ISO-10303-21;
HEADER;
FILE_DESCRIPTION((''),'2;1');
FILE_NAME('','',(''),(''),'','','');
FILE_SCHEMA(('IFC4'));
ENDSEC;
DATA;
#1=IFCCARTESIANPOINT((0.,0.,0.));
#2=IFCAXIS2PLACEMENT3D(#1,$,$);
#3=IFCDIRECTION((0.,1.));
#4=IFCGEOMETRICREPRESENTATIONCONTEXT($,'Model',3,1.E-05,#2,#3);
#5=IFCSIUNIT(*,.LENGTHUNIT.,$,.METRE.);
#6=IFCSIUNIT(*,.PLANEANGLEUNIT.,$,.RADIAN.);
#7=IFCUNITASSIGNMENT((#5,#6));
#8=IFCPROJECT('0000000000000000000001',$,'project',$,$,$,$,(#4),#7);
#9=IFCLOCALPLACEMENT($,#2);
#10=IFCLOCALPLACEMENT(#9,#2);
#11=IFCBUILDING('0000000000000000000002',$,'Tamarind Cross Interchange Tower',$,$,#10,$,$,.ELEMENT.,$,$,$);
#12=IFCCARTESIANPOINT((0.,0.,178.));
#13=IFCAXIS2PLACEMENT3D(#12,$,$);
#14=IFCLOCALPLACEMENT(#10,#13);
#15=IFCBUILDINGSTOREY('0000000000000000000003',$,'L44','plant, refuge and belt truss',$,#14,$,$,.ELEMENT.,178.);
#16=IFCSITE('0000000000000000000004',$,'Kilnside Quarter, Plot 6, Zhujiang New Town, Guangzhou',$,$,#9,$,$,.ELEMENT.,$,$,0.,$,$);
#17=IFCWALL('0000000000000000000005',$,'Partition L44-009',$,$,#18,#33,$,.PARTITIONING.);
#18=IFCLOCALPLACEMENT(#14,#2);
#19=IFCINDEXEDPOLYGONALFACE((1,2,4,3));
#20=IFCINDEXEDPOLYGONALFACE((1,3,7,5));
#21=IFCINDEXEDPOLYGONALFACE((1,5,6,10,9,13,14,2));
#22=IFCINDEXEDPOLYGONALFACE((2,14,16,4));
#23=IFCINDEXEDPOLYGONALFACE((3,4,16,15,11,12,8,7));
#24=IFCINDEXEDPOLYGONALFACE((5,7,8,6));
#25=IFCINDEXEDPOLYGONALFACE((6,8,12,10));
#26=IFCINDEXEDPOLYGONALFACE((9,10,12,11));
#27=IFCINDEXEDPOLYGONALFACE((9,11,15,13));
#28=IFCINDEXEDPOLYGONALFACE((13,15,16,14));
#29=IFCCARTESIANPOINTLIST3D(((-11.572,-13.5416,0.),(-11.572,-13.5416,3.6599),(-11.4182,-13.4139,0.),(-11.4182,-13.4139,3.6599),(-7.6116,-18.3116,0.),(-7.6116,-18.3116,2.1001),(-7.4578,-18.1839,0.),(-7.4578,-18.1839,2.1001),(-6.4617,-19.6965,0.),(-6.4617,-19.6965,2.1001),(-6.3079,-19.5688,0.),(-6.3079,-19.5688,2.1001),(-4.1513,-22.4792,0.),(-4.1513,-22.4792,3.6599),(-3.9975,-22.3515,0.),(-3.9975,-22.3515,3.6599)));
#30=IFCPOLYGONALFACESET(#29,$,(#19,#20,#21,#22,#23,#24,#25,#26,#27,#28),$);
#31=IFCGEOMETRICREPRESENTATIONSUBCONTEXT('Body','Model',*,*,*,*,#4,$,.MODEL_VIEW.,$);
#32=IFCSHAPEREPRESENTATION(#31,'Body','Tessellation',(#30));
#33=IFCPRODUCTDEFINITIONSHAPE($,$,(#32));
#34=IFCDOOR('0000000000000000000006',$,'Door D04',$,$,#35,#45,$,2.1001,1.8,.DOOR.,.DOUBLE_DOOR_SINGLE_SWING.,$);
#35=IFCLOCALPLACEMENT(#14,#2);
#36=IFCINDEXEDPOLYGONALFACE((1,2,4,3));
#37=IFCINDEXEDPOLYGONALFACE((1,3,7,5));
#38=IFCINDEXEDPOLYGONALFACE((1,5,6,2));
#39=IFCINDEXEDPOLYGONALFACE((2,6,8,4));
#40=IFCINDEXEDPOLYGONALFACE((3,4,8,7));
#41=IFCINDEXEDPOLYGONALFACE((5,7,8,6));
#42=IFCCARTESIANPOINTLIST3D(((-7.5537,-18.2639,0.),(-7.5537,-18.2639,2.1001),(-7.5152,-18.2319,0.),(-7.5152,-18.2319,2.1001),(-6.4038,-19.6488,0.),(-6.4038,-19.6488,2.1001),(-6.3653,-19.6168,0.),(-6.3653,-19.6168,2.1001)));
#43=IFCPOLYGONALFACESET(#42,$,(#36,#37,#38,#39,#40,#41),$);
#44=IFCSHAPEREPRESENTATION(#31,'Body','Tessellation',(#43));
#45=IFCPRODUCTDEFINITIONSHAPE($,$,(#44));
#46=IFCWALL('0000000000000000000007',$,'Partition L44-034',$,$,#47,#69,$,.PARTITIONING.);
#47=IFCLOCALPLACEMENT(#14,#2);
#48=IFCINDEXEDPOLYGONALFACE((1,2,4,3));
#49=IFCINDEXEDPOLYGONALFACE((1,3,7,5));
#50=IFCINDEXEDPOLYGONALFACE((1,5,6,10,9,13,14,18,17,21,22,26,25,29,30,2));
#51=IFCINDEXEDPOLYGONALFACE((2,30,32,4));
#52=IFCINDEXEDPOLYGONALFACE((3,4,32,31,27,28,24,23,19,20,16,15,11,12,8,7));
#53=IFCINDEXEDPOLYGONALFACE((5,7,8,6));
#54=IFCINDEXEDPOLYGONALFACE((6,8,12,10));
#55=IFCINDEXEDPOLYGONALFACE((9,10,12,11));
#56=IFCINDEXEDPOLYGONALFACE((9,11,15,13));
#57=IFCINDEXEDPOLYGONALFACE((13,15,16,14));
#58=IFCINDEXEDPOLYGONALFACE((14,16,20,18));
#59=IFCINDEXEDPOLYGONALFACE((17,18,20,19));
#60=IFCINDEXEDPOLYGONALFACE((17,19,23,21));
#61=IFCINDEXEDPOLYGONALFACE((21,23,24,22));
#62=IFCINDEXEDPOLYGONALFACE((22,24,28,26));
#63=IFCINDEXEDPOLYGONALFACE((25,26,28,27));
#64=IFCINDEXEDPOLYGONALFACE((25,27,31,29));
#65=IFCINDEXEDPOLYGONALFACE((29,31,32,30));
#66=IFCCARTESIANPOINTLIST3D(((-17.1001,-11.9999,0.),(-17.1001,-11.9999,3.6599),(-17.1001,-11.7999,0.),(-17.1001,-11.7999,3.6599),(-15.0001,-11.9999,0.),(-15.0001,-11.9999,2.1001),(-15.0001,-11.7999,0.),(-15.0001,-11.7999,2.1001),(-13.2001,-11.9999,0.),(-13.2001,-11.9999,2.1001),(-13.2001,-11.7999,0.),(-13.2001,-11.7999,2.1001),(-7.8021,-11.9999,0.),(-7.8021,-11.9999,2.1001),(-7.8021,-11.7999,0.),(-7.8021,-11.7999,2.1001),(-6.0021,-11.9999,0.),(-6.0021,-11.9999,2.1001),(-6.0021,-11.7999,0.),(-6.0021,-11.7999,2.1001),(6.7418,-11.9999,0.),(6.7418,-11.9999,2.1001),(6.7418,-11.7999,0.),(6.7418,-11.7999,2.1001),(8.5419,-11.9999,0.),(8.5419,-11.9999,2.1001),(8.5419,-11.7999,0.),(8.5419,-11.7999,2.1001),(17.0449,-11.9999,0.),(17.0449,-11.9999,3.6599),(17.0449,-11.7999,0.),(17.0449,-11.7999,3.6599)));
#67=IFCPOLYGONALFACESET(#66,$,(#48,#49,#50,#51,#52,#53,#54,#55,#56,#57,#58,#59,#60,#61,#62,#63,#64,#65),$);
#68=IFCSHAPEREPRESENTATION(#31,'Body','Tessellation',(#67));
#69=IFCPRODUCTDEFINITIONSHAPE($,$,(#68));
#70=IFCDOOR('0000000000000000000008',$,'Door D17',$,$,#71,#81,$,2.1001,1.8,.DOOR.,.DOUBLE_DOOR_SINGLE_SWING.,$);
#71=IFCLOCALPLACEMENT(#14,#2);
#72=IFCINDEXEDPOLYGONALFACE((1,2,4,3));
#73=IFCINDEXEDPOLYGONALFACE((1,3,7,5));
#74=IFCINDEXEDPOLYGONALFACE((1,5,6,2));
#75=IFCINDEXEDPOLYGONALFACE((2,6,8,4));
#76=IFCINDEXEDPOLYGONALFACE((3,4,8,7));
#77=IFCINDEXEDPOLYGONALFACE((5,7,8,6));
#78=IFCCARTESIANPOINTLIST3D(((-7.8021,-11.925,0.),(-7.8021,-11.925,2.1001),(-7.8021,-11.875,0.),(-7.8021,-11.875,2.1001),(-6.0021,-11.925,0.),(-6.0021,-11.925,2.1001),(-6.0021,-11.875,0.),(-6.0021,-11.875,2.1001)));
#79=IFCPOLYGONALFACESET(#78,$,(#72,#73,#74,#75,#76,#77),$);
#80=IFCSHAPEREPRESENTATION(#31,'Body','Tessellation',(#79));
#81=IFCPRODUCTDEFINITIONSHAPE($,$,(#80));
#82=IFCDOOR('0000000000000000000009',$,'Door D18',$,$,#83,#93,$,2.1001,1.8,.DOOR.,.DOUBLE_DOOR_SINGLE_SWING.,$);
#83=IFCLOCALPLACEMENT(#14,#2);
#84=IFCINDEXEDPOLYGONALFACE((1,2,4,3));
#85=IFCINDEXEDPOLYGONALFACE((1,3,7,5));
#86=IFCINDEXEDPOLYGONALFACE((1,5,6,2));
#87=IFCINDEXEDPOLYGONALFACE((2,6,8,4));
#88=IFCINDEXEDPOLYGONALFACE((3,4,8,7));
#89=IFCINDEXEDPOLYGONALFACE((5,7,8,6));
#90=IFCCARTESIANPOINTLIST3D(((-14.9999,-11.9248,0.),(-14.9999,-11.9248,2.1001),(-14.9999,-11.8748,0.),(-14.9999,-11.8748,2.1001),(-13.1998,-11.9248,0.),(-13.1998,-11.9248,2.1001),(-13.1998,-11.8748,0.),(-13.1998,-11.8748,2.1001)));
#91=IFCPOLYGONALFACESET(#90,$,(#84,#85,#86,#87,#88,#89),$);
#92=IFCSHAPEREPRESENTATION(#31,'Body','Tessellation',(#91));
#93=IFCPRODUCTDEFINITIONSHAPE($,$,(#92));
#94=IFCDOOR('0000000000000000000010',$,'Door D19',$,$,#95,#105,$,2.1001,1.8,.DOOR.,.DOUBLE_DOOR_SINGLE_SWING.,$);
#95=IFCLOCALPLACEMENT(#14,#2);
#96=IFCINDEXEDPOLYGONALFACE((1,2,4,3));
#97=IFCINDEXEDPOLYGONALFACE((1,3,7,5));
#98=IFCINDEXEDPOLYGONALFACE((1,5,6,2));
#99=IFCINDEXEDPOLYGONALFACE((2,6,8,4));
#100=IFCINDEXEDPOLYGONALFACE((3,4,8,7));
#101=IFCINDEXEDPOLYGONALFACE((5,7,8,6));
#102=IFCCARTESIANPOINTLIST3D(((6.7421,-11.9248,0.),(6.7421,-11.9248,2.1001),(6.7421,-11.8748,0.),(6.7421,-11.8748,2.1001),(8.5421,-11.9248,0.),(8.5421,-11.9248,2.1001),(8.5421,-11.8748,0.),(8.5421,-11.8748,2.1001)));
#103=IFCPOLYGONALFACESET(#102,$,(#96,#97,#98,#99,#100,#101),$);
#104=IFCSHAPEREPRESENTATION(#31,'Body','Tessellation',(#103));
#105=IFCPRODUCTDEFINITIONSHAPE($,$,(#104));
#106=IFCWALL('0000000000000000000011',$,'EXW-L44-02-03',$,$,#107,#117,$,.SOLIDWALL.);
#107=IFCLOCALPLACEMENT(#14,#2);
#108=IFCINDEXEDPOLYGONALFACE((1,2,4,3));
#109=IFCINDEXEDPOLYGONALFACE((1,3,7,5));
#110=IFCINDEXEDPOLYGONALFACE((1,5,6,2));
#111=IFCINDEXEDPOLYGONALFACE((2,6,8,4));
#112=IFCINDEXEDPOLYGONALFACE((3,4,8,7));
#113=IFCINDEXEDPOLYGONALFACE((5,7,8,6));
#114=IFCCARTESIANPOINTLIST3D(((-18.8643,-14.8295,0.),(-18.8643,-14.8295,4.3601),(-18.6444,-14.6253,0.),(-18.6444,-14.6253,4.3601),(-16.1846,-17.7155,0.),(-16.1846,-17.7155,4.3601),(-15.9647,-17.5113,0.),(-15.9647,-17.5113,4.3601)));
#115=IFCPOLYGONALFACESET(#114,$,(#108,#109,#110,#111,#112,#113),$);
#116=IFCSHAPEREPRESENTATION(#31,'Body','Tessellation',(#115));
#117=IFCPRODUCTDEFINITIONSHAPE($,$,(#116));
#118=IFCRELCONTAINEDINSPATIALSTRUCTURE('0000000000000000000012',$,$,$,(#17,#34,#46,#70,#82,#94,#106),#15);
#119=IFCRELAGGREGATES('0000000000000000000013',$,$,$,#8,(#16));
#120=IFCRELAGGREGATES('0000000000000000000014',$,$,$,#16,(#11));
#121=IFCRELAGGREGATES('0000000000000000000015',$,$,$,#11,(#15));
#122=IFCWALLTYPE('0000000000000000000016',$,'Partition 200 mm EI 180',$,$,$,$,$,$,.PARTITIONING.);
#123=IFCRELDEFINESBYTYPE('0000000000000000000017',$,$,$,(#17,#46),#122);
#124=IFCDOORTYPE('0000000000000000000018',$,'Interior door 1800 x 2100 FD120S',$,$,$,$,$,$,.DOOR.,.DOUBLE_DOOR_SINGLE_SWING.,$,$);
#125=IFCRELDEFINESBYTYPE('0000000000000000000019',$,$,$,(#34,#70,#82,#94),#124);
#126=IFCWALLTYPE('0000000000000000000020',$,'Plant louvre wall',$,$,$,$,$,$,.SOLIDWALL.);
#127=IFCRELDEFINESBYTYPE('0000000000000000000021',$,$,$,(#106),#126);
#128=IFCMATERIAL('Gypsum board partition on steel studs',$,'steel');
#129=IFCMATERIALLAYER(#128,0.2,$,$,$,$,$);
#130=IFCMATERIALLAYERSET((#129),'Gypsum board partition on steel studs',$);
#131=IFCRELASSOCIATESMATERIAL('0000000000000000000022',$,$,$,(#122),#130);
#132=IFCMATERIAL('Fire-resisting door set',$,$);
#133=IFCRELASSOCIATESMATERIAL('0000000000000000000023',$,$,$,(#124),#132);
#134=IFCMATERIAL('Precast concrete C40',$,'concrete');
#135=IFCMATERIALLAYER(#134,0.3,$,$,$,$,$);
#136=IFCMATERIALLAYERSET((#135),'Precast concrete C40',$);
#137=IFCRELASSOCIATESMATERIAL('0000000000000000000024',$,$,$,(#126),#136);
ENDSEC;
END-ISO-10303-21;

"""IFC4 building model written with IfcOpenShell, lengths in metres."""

from ifc_helpers import new_model, si_unit, direction, frame, frame_2d, origin, place, context, subcontext, project, spatial, rectangle, extrude, material, layer, layer_set, type_object, element, fill, save


model = new_model("IFC4")

# Units and contexts
model_context = context("Model", 3, precision=1e-05, world=origin(), true_north=direction((0.0, 1.0)))
body_context = subcontext(model_context, "Body", "Model", "MODEL_VIEW")
ifc_project = project(units=[si_unit("LENGTHUNIT", "METRE"), si_unit("PLANEANGLEUNIT", "RADIAN")], contexts=[model_context])

# Site, building, storey
site_placement = place(None, origin())
site = spatial("IfcSite", under=ifc_project, at=site_placement, Name="Kilnside Quarter, Plot 6, Zhujiang New Town, Guangzhou", CompositionType="ELEMENT", RefElevation=0.0)
building_placement = place(site_placement, origin())
building = spatial("IfcBuilding", under=site, at=building_placement, Name="Tamarind Cross Interchange Tower", CompositionType="ELEMENT")
storey_placement = place(building_placement, frame((0.0, 0.0, 178.0)))
storey = spatial("IfcBuildingStorey", under=building, at=storey_placement, Name="L44", Description="plant, refuge and belt truss", CompositionType="ELEMENT", Elevation=178.0)

# Wall, opening, door
ifc_material_1 = material(Name="Gypsum board partition on steel studs", Category="steel")
ifc_layer_1 = layer(ifc_material_1, 0.2)
ifc_layer_set_1 = layer_set([ifc_layer_1], Name="Gypsum board partition on steel studs")
wall_type_1 = type_object("IfcWallType", Name="Partition 200 mm EI 180", PredefinedType="PARTITIONING", material=ifc_layer_set_1)
wall_1_placement = place(storey_placement, frame((-11.4951, -13.4778, 0.0), z_axis=(0.0, 0.0, 1.0), x_axis=(0.638798, -0.769374, 0.0)))
wall_1 = element("IfcWall", 1, at=wall_1_placement, inside=storey, type_object=wall_type_1, Name="Partition L44-009", PredefinedType="PARTITIONING", context=body_context, shape_type="SweptSolid", body=[
    extrude(rectangle(XDim=11.6167, YDim=0.2, at=frame_2d((5.8083, 0.0))), origin(), (0.0, 0.0, 1.0), 3.6599),
])
opening_1_placement = place(wall_1_placement, frame((6.2, 0.0, 0.0)))
opening_1 = element("IfcOpeningElement", 2, at=opening_1_placement, cuts=wall_1, PredefinedType="OPENING", context=body_context, shape_type="SweptSolid", body=[
    extrude(rectangle(XDim=1.8, YDim=2.1001, at=frame_2d((0.8999, 1.05))), frame((0.0, 0.1099, 0.0), z_axis=(0.0, -1.0, 0.0), x_axis=(1.0, 0.0, 0.0)), (0.0, 0.0, 1.0), 0.22),
])
ifc_material_2 = material(Name="Fire-resisting door set")
door_type = type_object("IfcDoorType", Name="Interior door 1800 x 2100 FD120S", OperationType="DOUBLE_DOOR_SINGLE_SWING", PredefinedType="DOOR", material=ifc_material_2)
door_1_placement = place(opening_1_placement, frame((1.8, 0.0, 0.0), z_axis=(0.0, 0.0, 1.0), x_axis=(-1.0, 0.0, 0.0)))
door_1 = element("IfcDoor", 3, at=door_1_placement, inside=storey, type_object=door_type, Name="Door D04", OperationType="DOUBLE_DOOR_SINGLE_SWING", OverallHeight=2.1001, OverallWidth=1.8, PredefinedType="DOOR", context=body_context, shape_type="SweptSolid", body=[
    extrude(rectangle(XDim=1.8, YDim=2.1001, at=frame_2d((0.8999, 1.05))), frame((0.0, 0.0249, 0.0), z_axis=(0.0, -1.0, 0.0), x_axis=(1.0, 0.0, 0.0)), (0.0, 0.0, 1.0), 0.05),
])
fill(opening_1, door_1)

# Wall, openings, doors
wall_2_placement = place(storey_placement, frame((-17.1001, -11.8999, 0.0), z_axis=(0.0, 0.0, 1.0), x_axis=(1.0, 0.0, 0.0)))
wall_2 = element("IfcWall", 4, at=wall_2_placement, inside=storey, type_object=wall_type_1, Name="Partition L44-034", PredefinedType="PARTITIONING", context=body_context, shape_type="SweptSolid", body=[
    extrude(rectangle(XDim=34.145, YDim=0.2, at=frame_2d((17.0725, 0.0))), origin(), (0.0, 0.0, 1.0), 3.6599),
])
opening_2_placement = place(wall_2_placement, frame((9.2981, 0.0, 0.0)))
opening_2 = element("IfcOpeningElement", 5, at=opening_2_placement, cuts=wall_2, PredefinedType="OPENING", context=body_context, shape_type="SweptSolid", body=[
    extrude(rectangle(XDim=1.8, YDim=2.1001, at=frame_2d((0.8999, 1.05))), frame((0.0, 0.1099, 0.0), z_axis=(0.0, -1.0, 0.0), x_axis=(1.0, 0.0, 0.0)), (0.0, 0.0, 1.0), 0.22),
])
opening_3_placement = place(wall_2_placement, frame((2.1001, 0.0, 0.0)))
opening_3 = element("IfcOpeningElement", 6, at=opening_3_placement, cuts=wall_2, PredefinedType="OPENING", context=body_context, shape_type="SweptSolid", body=[
    extrude(rectangle(XDim=1.8, YDim=2.1001, at=frame_2d((0.8999, 1.05))), frame((0.0, 0.1099, 0.0), z_axis=(0.0, -1.0, 0.0), x_axis=(1.0, 0.0, 0.0)), (0.0, 0.0, 1.0), 0.22),
])
opening_4_placement = place(wall_2_placement, frame((23.842, 0.0, 0.0)))
opening_4 = element("IfcOpeningElement", 7, at=opening_4_placement, cuts=wall_2, PredefinedType="OPENING", context=body_context, shape_type="SweptSolid", body=[
    extrude(rectangle(XDim=1.8, YDim=2.1001, at=frame_2d((0.8999, 1.05))), frame((0.0, 0.1099, 0.0), z_axis=(0.0, -1.0, 0.0), x_axis=(1.0, 0.0, 0.0)), (0.0, 0.0, 1.0), 0.22),
])
door_2_placement = place(opening_2_placement, origin())
door_2 = element("IfcDoor", 8, at=door_2_placement, inside=storey, type_object=door_type, Name="Door D17", OperationType="DOUBLE_DOOR_SINGLE_SWING", OverallHeight=2.1001, OverallWidth=1.8, PredefinedType="DOOR", context=body_context, shape_type="SweptSolid", body=[
    extrude(rectangle(XDim=1.8, YDim=2.1001, at=frame_2d((0.8999, 1.05))), frame((0.0, 0.0249, 0.0), z_axis=(0.0, -1.0, 0.0), x_axis=(1.0, 0.0, 0.0)), (0.0, 0.0, 1.0), 0.05),
])
fill(opening_2, door_2)
door_3_placement = place(opening_3_placement, frame((1.8, 0.0, 0.0), z_axis=(0.0, 0.0, 1.0), x_axis=(-1.0, 0.0, 0.0)))
door_3 = element("IfcDoor", 9, at=door_3_placement, inside=storey, type_object=door_type, Name="Door D18", OperationType="DOUBLE_DOOR_SINGLE_SWING", OverallHeight=2.1001, OverallWidth=1.8, PredefinedType="DOOR", context=body_context, shape_type="SweptSolid", body=[
    extrude(rectangle(XDim=1.8, YDim=2.1001, at=frame_2d((0.8999, 1.05))), frame((0.0, 0.0249, 0.0), z_axis=(0.0, -1.0, 0.0), x_axis=(1.0, 0.0, 0.0)), (0.0, 0.0, 1.0), 0.05),
])
fill(opening_3, door_3)
door_4_placement = place(opening_4_placement, frame((1.8, 0.0, 0.0), z_axis=(0.0, 0.0, 1.0), x_axis=(-1.0, 0.0, 0.0)))
door_4 = element("IfcDoor", 10, at=door_4_placement, inside=storey, type_object=door_type, Name="Door D19", OperationType="DOUBLE_DOOR_SINGLE_SWING", OverallHeight=2.1001, OverallWidth=1.8, PredefinedType="DOOR", context=body_context, shape_type="SweptSolid", body=[
    extrude(rectangle(XDim=1.8, YDim=2.1001, at=frame_2d((0.8999, 1.05))), frame((0.0, 0.0249, 0.0), z_axis=(0.0, -1.0, 0.0), x_axis=(1.0, 0.0, 0.0)), (0.0, 0.0, 1.0), 0.05),
])
fill(opening_4, door_4)

# Wall
ifc_material_3 = material(Name="Precast concrete C40", Category="concrete")
ifc_layer_2 = layer(ifc_material_3, 0.3)
ifc_layer_set_2 = layer_set([ifc_layer_2], Name="Precast concrete C40")
wall_type_2 = type_object("IfcWallType", Name="Plant louvre wall", PredefinedType="SOLIDWALL", material=ifc_layer_set_2)
wall_3_placement = place(storey_placement, frame((-18.7544, -14.7273, 0.0), z_axis=(0.0, 0.0, 1.0), x_axis=(0.68043, -0.732813, 0.0)))
element("IfcWall", 11, at=wall_3_placement, inside=storey, type_object=wall_type_2, Name="EXW-L44-02-03", PredefinedType="SOLIDWALL", context=body_context, shape_type="SweptSolid", body=[
    extrude(rectangle(XDim=3.9382, YDim=0.3, at=frame_2d((1.9692, 0.0))), origin(), (0.0, 0.0, 1.0), 4.3601),
])

save(model, "model.ifc")
